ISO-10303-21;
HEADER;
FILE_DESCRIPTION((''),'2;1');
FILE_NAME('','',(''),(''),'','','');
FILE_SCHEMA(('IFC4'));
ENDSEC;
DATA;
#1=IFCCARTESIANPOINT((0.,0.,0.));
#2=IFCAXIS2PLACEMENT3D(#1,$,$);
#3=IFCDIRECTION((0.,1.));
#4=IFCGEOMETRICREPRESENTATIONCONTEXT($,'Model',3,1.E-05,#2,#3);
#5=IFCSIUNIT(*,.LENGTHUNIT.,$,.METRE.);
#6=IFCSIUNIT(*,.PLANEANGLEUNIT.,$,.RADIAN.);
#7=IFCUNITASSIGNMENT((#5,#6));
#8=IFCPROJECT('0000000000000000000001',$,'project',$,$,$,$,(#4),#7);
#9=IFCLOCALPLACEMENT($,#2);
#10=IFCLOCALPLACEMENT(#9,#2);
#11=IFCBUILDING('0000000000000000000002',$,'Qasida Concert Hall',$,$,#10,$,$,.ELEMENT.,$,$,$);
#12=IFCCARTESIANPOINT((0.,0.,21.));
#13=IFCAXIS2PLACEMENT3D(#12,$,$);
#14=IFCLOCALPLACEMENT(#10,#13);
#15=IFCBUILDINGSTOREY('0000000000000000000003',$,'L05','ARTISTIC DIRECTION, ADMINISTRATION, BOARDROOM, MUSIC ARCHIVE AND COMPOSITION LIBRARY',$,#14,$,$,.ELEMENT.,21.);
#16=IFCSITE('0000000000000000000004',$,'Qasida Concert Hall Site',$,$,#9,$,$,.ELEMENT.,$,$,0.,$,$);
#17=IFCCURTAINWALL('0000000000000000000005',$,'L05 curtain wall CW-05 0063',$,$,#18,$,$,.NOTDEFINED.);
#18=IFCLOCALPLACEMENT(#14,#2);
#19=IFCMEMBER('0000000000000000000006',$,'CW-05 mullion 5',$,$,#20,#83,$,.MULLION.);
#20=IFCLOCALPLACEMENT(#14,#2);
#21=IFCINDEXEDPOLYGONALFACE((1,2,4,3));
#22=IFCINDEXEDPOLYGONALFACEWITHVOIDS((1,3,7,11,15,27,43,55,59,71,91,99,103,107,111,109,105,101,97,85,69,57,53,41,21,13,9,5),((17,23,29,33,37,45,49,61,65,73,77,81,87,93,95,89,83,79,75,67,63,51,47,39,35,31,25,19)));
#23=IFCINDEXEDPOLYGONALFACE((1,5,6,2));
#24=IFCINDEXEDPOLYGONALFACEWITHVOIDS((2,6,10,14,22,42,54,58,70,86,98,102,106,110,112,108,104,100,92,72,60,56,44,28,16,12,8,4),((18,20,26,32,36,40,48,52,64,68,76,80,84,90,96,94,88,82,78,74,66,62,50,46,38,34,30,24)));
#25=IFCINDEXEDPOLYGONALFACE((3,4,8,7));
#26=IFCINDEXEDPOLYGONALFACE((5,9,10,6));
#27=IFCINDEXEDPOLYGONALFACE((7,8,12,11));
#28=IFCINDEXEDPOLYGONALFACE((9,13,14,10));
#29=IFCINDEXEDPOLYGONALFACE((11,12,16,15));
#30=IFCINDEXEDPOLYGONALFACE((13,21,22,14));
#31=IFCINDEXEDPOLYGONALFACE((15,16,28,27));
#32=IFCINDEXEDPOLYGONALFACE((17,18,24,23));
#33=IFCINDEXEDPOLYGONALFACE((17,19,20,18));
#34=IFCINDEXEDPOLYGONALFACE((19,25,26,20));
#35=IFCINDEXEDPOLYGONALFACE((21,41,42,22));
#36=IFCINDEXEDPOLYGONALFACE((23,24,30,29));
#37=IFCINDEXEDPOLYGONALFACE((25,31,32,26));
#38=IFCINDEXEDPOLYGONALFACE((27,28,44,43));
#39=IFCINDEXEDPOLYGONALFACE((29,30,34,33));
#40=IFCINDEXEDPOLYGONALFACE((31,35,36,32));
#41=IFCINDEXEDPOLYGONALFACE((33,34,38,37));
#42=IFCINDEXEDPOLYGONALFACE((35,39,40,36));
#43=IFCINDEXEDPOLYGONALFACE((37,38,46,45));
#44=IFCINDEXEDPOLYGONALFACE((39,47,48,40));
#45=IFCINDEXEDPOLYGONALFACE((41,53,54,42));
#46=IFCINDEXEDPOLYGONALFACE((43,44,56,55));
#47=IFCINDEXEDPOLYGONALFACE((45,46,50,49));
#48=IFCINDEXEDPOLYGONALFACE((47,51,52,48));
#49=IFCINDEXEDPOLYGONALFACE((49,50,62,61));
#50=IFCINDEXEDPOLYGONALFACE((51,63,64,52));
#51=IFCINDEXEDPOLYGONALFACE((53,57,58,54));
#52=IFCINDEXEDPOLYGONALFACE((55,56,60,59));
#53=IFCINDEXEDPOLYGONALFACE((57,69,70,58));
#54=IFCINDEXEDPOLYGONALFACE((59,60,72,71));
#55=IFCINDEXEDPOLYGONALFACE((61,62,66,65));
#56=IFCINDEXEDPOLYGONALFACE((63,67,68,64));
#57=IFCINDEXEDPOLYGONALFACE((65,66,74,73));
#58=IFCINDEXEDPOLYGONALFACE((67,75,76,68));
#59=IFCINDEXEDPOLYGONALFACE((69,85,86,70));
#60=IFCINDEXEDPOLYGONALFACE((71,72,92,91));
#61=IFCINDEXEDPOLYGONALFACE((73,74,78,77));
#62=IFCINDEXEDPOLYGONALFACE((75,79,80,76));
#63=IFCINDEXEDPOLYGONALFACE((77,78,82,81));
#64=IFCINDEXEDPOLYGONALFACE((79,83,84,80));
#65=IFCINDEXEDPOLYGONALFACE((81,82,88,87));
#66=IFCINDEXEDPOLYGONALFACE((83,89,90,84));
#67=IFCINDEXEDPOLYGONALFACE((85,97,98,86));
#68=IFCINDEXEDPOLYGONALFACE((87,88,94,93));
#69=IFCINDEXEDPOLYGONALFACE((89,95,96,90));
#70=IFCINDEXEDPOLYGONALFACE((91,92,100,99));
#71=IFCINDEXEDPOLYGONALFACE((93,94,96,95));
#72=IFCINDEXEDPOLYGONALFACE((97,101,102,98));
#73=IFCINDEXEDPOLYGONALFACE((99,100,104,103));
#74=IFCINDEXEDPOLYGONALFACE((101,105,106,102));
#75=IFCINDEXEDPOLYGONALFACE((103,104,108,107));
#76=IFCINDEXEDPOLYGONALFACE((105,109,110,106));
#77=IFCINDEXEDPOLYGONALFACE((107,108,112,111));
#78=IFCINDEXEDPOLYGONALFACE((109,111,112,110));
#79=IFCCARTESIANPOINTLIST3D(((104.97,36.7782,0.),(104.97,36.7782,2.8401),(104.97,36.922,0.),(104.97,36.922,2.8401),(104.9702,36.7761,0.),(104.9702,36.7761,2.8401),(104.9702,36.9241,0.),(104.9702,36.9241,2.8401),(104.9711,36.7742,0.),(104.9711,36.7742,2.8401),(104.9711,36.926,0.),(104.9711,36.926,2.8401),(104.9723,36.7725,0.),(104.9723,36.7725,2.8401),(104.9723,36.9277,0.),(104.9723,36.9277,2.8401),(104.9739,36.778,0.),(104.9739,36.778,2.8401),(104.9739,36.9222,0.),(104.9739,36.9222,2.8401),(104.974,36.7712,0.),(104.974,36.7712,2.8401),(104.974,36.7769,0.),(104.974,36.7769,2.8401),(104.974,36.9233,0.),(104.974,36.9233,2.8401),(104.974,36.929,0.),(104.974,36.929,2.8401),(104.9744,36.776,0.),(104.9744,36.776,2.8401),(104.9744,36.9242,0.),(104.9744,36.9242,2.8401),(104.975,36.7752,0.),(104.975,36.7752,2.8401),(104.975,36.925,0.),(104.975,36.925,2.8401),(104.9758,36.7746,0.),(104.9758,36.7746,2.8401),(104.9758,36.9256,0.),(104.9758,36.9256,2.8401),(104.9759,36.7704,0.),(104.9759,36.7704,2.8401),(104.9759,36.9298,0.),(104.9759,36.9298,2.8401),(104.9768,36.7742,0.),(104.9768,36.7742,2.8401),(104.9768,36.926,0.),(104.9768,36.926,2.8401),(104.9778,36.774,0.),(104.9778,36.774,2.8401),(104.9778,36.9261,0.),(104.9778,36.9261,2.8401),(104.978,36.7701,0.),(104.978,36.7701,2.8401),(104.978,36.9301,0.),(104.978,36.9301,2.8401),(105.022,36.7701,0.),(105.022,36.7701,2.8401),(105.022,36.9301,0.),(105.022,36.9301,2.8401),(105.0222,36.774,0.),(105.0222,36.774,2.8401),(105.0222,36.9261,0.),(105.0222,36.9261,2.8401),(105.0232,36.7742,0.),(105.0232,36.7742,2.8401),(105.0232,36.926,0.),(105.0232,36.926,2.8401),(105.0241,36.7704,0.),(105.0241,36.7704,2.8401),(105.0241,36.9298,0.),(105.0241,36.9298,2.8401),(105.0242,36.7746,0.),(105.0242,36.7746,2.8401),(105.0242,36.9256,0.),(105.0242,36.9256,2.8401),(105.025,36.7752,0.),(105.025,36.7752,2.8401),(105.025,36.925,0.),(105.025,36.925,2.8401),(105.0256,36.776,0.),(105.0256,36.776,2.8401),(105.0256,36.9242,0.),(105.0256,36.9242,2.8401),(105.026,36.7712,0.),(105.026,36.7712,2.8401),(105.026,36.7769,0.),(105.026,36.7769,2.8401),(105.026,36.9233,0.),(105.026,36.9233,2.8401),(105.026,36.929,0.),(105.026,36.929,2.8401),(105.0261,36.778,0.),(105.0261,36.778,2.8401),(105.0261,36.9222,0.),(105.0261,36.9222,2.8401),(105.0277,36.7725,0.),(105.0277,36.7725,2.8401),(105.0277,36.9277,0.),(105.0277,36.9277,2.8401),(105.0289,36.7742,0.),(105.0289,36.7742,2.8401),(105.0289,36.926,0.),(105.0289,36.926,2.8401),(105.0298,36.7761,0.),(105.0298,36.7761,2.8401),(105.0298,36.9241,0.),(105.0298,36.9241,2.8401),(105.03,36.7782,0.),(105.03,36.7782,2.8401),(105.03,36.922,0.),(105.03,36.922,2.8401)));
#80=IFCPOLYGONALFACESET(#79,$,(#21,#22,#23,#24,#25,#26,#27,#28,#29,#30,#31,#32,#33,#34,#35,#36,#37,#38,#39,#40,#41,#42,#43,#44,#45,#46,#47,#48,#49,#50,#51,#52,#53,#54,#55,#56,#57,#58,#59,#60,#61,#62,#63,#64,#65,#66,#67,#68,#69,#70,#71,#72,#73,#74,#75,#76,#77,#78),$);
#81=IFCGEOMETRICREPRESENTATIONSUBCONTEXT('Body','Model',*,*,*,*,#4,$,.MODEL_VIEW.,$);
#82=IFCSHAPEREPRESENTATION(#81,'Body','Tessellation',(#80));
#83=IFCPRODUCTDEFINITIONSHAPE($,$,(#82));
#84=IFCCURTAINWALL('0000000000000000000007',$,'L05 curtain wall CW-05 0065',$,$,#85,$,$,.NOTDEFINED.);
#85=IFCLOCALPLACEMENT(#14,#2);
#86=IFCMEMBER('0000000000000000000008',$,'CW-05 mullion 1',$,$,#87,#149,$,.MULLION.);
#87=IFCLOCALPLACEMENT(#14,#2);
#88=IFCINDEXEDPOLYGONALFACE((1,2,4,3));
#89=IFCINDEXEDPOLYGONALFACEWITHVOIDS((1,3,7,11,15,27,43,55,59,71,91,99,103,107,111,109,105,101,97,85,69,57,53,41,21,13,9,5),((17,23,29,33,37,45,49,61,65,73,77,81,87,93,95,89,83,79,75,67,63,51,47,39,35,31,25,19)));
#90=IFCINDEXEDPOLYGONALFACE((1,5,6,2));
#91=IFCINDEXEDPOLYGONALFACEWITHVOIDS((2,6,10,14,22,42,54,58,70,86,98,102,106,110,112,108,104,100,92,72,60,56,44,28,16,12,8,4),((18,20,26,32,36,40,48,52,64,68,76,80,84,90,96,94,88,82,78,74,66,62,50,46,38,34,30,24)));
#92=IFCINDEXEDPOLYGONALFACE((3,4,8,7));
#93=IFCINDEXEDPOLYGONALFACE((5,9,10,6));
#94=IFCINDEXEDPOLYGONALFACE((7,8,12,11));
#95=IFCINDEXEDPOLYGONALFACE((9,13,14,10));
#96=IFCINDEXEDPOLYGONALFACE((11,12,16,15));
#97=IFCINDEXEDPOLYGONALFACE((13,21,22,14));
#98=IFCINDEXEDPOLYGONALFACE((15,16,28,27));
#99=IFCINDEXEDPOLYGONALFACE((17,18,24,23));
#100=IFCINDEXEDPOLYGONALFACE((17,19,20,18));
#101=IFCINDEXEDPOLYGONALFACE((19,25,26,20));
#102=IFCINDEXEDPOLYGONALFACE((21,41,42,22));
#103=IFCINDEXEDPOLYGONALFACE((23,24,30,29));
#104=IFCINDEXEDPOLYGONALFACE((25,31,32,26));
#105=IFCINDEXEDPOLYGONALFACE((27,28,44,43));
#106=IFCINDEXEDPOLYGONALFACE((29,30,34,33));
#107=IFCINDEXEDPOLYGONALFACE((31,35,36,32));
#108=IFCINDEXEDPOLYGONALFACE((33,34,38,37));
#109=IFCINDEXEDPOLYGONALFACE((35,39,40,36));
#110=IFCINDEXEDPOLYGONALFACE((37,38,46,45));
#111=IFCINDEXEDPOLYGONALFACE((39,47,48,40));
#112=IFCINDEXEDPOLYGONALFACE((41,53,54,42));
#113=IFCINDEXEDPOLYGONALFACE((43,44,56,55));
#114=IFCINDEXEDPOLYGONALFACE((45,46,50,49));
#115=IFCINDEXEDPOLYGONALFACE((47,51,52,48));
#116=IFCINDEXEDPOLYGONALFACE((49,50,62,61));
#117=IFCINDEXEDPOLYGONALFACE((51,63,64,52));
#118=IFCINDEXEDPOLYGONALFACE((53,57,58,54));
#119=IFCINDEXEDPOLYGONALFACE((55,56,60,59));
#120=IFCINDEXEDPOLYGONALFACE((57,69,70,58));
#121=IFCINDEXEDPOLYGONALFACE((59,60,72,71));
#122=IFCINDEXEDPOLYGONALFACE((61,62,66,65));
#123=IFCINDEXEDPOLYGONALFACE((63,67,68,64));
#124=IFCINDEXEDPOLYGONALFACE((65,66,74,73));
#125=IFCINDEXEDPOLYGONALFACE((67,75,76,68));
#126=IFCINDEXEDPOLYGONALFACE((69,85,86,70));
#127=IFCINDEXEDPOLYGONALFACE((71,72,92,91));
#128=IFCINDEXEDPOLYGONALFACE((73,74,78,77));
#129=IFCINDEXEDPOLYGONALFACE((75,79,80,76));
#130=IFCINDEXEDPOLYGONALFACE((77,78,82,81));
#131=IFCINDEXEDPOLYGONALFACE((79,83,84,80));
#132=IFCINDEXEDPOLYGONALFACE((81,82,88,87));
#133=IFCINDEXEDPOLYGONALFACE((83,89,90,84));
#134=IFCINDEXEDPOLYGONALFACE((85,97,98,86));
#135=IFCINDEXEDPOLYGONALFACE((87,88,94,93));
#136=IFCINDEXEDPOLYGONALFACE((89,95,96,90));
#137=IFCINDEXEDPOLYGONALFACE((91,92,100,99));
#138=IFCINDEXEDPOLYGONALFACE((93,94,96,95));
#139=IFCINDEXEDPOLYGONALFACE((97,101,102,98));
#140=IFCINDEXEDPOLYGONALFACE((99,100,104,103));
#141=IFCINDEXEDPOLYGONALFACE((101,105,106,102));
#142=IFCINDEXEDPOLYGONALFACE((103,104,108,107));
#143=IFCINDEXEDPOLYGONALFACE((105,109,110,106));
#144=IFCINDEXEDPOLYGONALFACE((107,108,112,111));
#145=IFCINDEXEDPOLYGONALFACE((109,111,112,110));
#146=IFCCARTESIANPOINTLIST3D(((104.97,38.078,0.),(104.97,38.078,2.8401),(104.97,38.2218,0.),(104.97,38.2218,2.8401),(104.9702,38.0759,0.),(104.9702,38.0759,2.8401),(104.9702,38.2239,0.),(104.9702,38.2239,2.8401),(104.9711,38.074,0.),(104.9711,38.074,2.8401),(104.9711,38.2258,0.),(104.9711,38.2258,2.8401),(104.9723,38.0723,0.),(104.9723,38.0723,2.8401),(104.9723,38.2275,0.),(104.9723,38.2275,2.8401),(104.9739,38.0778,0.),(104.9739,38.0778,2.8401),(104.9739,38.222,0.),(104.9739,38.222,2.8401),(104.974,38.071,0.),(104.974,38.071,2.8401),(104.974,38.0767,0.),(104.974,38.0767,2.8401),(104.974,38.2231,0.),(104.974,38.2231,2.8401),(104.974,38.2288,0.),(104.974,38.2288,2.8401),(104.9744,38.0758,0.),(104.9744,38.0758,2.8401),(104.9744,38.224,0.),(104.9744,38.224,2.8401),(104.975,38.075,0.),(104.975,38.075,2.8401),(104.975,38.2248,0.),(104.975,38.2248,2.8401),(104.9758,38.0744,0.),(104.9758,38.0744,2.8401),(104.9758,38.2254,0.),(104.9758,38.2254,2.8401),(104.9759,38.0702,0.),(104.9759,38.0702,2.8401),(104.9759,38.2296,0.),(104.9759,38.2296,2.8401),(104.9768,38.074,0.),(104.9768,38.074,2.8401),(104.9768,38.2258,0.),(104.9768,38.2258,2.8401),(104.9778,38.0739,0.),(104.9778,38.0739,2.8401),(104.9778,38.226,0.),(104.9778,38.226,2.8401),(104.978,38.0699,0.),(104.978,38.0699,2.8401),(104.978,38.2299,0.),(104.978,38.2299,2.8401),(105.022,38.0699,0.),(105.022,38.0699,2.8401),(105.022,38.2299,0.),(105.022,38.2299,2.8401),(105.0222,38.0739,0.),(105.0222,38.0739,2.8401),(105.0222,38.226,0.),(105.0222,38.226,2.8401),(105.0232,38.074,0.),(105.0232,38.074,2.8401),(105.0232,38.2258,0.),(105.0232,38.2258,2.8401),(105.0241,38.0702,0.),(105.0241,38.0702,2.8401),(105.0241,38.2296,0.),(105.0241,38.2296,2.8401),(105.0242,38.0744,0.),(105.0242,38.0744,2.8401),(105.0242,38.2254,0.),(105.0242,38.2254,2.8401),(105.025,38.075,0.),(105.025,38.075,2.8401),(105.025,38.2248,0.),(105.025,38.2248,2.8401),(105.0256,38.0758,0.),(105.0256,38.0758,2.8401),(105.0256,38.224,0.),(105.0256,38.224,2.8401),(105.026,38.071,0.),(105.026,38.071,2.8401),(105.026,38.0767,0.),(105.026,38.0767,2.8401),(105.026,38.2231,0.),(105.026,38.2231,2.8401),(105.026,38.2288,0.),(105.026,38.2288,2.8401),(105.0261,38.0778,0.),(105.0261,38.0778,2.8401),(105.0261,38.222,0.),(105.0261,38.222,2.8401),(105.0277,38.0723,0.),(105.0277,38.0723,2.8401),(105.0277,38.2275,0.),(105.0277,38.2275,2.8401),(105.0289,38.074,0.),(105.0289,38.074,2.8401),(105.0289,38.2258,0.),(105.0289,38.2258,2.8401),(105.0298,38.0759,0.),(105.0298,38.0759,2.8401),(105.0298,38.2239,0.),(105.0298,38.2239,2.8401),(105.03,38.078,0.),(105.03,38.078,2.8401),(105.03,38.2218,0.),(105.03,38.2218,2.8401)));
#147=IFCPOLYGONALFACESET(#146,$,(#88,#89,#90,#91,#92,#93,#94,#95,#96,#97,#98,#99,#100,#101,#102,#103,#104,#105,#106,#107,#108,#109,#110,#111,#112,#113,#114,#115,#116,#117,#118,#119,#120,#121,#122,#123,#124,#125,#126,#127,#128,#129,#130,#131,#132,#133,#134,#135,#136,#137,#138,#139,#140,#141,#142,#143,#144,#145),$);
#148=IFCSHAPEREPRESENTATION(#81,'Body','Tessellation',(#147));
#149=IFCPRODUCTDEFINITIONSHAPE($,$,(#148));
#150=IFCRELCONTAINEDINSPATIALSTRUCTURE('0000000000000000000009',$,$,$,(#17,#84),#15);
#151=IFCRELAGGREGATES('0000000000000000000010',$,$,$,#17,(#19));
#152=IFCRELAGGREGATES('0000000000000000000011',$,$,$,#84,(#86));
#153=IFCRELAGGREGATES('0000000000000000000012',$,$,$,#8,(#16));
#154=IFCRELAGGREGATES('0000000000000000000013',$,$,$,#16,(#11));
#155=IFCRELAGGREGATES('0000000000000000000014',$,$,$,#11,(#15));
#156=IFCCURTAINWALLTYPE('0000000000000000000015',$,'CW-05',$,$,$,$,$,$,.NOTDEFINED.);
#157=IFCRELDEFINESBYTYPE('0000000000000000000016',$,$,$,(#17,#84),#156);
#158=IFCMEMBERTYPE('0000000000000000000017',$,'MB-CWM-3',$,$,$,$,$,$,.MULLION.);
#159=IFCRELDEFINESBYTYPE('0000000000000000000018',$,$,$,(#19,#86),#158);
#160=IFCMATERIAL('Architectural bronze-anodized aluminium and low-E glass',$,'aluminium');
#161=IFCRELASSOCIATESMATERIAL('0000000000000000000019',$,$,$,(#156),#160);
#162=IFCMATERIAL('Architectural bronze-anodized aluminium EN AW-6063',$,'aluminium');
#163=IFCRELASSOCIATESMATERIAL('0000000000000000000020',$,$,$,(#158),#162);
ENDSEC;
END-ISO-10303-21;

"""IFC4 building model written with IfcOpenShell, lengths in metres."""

from ifc_helpers import new_model, si_unit, direction, frame, origin, origin_2d, place, context, subcontext, project, spatial, hollow_rectangle, extrude, material, material_profile, profile_set, type_object, element, aggregate, save


model = new_model("IFC4")

# Units and contexts
model_context = context("Model", 3, precision=1e-05, world=origin(), true_north=direction((0.0, 1.0)))
body_context = subcontext(model_context, "Body", "Model", "MODEL_VIEW")
ifc_project = project(units=[si_unit("LENGTHUNIT", "METRE"), si_unit("PLANEANGLEUNIT", "RADIAN")], contexts=[model_context])

# Site, building, storey
site_placement = place(None, origin())
site = spatial("IfcSite", under=ifc_project, at=site_placement, Name="Qasida Concert Hall Site", CompositionType="ELEMENT", RefElevation=0.0)
building_placement = place(site_placement, origin())
building = spatial("IfcBuilding", under=site, at=building_placement, Name="Qasida Concert Hall", CompositionType="ELEMENT")
storey_placement = place(building_placement, frame((0.0, 0.0, 21.0)))
storey = spatial("IfcBuildingStorey", under=building, at=storey_placement, Name="L05", Description="ARTISTIC DIRECTION, ADMINISTRATION, BOARDROOM, MUSIC ARCHIVE AND COMPOSITION LIBRARY", CompositionType="ELEMENT", Elevation=21.0)

# Curtain walls, members
ifc_material_1 = material(Name="Architectural bronze-anodized aluminium and low-E glass", Category="aluminium")
curtain_wall_type = type_object("IfcCurtainWallType", Name="CW-05", PredefinedType="NOTDEFINED", material=ifc_material_1)
curtain_wall_1_placement = place(storey_placement, origin())
curtain_wall_1 = element("IfcCurtainWall", 1, at=curtain_wall_1_placement, inside=storey, type_object=curtain_wall_type, Name="L05 curtain wall CW-05 0063", PredefinedType="NOTDEFINED")
ifc_material_2 = material(Name="Architectural bronze-anodized aluminium EN AW-6063", Category="aluminium")
ifc_material_profile_1 = material_profile(ifc_material_2, hollow_rectangle(XDim=0.0601, YDim=0.1599, WallThickness=0.0039, InnerFilletRadius=0.0039, OuterFilletRadius=0.0081, at=origin_2d()), Name="CWM 160x60x4")
ifc_profile_set_1 = profile_set([ifc_material_profile_1], Name="Architectural bronze-anodized aluminium EN AW-6063")
member_type_1 = type_object("IfcMemberType", Name="MB-CWM-3", PredefinedType="MULLION", material=ifc_profile_set_1)
member_1_placement = place(storey_placement, frame((105.0, 36.8501, 0.0), z_axis=(0.0, 0.0, 1.0), x_axis=(-1.0, 0.0, 0.0)))
member_1 = element("IfcMember", 2, at=member_1_placement, type_object=member_type_1, Name="CW-05 mullion 5", PredefinedType="MULLION", context=body_context, shape_type="SweptSolid", body=[
    extrude(hollow_rectangle(XDim=0.0601, YDim=0.1599, WallThickness=0.0039, InnerFilletRadius=0.0039, OuterFilletRadius=0.0081, at=origin_2d()), origin(), (0.0, 0.0, 1.0), 2.8401),
])
curtain_wall_2_placement = place(storey_placement, origin())
curtain_wall_2 = element("IfcCurtainWall", 3, at=curtain_wall_2_placement, inside=storey, type_object=curtain_wall_type, Name="L05 curtain wall CW-05 0065", PredefinedType="NOTDEFINED")
member_2_placement = place(storey_placement, frame((105.0, 38.1499, 0.0), z_axis=(0.0, 0.0, 1.0), x_axis=(-1.0, 0.0, 0.0)))
member_2 = element("IfcMember", 4, at=member_2_placement, type_object=member_type_1, Name="CW-05 mullion 1", PredefinedType="MULLION", context=body_context, shape_type="SweptSolid", body=[
    extrude(hollow_rectangle(XDim=0.0601, YDim=0.1599, WallThickness=0.0039, InnerFilletRadius=0.0039, OuterFilletRadius=0.0081, at=origin_2d()), origin(), (0.0, 0.0, 1.0), 2.8401),
])

aggregate(curtain_wall_1, [member_1])
aggregate(curtain_wall_2, [member_2])

save(model, "model.ifc")
